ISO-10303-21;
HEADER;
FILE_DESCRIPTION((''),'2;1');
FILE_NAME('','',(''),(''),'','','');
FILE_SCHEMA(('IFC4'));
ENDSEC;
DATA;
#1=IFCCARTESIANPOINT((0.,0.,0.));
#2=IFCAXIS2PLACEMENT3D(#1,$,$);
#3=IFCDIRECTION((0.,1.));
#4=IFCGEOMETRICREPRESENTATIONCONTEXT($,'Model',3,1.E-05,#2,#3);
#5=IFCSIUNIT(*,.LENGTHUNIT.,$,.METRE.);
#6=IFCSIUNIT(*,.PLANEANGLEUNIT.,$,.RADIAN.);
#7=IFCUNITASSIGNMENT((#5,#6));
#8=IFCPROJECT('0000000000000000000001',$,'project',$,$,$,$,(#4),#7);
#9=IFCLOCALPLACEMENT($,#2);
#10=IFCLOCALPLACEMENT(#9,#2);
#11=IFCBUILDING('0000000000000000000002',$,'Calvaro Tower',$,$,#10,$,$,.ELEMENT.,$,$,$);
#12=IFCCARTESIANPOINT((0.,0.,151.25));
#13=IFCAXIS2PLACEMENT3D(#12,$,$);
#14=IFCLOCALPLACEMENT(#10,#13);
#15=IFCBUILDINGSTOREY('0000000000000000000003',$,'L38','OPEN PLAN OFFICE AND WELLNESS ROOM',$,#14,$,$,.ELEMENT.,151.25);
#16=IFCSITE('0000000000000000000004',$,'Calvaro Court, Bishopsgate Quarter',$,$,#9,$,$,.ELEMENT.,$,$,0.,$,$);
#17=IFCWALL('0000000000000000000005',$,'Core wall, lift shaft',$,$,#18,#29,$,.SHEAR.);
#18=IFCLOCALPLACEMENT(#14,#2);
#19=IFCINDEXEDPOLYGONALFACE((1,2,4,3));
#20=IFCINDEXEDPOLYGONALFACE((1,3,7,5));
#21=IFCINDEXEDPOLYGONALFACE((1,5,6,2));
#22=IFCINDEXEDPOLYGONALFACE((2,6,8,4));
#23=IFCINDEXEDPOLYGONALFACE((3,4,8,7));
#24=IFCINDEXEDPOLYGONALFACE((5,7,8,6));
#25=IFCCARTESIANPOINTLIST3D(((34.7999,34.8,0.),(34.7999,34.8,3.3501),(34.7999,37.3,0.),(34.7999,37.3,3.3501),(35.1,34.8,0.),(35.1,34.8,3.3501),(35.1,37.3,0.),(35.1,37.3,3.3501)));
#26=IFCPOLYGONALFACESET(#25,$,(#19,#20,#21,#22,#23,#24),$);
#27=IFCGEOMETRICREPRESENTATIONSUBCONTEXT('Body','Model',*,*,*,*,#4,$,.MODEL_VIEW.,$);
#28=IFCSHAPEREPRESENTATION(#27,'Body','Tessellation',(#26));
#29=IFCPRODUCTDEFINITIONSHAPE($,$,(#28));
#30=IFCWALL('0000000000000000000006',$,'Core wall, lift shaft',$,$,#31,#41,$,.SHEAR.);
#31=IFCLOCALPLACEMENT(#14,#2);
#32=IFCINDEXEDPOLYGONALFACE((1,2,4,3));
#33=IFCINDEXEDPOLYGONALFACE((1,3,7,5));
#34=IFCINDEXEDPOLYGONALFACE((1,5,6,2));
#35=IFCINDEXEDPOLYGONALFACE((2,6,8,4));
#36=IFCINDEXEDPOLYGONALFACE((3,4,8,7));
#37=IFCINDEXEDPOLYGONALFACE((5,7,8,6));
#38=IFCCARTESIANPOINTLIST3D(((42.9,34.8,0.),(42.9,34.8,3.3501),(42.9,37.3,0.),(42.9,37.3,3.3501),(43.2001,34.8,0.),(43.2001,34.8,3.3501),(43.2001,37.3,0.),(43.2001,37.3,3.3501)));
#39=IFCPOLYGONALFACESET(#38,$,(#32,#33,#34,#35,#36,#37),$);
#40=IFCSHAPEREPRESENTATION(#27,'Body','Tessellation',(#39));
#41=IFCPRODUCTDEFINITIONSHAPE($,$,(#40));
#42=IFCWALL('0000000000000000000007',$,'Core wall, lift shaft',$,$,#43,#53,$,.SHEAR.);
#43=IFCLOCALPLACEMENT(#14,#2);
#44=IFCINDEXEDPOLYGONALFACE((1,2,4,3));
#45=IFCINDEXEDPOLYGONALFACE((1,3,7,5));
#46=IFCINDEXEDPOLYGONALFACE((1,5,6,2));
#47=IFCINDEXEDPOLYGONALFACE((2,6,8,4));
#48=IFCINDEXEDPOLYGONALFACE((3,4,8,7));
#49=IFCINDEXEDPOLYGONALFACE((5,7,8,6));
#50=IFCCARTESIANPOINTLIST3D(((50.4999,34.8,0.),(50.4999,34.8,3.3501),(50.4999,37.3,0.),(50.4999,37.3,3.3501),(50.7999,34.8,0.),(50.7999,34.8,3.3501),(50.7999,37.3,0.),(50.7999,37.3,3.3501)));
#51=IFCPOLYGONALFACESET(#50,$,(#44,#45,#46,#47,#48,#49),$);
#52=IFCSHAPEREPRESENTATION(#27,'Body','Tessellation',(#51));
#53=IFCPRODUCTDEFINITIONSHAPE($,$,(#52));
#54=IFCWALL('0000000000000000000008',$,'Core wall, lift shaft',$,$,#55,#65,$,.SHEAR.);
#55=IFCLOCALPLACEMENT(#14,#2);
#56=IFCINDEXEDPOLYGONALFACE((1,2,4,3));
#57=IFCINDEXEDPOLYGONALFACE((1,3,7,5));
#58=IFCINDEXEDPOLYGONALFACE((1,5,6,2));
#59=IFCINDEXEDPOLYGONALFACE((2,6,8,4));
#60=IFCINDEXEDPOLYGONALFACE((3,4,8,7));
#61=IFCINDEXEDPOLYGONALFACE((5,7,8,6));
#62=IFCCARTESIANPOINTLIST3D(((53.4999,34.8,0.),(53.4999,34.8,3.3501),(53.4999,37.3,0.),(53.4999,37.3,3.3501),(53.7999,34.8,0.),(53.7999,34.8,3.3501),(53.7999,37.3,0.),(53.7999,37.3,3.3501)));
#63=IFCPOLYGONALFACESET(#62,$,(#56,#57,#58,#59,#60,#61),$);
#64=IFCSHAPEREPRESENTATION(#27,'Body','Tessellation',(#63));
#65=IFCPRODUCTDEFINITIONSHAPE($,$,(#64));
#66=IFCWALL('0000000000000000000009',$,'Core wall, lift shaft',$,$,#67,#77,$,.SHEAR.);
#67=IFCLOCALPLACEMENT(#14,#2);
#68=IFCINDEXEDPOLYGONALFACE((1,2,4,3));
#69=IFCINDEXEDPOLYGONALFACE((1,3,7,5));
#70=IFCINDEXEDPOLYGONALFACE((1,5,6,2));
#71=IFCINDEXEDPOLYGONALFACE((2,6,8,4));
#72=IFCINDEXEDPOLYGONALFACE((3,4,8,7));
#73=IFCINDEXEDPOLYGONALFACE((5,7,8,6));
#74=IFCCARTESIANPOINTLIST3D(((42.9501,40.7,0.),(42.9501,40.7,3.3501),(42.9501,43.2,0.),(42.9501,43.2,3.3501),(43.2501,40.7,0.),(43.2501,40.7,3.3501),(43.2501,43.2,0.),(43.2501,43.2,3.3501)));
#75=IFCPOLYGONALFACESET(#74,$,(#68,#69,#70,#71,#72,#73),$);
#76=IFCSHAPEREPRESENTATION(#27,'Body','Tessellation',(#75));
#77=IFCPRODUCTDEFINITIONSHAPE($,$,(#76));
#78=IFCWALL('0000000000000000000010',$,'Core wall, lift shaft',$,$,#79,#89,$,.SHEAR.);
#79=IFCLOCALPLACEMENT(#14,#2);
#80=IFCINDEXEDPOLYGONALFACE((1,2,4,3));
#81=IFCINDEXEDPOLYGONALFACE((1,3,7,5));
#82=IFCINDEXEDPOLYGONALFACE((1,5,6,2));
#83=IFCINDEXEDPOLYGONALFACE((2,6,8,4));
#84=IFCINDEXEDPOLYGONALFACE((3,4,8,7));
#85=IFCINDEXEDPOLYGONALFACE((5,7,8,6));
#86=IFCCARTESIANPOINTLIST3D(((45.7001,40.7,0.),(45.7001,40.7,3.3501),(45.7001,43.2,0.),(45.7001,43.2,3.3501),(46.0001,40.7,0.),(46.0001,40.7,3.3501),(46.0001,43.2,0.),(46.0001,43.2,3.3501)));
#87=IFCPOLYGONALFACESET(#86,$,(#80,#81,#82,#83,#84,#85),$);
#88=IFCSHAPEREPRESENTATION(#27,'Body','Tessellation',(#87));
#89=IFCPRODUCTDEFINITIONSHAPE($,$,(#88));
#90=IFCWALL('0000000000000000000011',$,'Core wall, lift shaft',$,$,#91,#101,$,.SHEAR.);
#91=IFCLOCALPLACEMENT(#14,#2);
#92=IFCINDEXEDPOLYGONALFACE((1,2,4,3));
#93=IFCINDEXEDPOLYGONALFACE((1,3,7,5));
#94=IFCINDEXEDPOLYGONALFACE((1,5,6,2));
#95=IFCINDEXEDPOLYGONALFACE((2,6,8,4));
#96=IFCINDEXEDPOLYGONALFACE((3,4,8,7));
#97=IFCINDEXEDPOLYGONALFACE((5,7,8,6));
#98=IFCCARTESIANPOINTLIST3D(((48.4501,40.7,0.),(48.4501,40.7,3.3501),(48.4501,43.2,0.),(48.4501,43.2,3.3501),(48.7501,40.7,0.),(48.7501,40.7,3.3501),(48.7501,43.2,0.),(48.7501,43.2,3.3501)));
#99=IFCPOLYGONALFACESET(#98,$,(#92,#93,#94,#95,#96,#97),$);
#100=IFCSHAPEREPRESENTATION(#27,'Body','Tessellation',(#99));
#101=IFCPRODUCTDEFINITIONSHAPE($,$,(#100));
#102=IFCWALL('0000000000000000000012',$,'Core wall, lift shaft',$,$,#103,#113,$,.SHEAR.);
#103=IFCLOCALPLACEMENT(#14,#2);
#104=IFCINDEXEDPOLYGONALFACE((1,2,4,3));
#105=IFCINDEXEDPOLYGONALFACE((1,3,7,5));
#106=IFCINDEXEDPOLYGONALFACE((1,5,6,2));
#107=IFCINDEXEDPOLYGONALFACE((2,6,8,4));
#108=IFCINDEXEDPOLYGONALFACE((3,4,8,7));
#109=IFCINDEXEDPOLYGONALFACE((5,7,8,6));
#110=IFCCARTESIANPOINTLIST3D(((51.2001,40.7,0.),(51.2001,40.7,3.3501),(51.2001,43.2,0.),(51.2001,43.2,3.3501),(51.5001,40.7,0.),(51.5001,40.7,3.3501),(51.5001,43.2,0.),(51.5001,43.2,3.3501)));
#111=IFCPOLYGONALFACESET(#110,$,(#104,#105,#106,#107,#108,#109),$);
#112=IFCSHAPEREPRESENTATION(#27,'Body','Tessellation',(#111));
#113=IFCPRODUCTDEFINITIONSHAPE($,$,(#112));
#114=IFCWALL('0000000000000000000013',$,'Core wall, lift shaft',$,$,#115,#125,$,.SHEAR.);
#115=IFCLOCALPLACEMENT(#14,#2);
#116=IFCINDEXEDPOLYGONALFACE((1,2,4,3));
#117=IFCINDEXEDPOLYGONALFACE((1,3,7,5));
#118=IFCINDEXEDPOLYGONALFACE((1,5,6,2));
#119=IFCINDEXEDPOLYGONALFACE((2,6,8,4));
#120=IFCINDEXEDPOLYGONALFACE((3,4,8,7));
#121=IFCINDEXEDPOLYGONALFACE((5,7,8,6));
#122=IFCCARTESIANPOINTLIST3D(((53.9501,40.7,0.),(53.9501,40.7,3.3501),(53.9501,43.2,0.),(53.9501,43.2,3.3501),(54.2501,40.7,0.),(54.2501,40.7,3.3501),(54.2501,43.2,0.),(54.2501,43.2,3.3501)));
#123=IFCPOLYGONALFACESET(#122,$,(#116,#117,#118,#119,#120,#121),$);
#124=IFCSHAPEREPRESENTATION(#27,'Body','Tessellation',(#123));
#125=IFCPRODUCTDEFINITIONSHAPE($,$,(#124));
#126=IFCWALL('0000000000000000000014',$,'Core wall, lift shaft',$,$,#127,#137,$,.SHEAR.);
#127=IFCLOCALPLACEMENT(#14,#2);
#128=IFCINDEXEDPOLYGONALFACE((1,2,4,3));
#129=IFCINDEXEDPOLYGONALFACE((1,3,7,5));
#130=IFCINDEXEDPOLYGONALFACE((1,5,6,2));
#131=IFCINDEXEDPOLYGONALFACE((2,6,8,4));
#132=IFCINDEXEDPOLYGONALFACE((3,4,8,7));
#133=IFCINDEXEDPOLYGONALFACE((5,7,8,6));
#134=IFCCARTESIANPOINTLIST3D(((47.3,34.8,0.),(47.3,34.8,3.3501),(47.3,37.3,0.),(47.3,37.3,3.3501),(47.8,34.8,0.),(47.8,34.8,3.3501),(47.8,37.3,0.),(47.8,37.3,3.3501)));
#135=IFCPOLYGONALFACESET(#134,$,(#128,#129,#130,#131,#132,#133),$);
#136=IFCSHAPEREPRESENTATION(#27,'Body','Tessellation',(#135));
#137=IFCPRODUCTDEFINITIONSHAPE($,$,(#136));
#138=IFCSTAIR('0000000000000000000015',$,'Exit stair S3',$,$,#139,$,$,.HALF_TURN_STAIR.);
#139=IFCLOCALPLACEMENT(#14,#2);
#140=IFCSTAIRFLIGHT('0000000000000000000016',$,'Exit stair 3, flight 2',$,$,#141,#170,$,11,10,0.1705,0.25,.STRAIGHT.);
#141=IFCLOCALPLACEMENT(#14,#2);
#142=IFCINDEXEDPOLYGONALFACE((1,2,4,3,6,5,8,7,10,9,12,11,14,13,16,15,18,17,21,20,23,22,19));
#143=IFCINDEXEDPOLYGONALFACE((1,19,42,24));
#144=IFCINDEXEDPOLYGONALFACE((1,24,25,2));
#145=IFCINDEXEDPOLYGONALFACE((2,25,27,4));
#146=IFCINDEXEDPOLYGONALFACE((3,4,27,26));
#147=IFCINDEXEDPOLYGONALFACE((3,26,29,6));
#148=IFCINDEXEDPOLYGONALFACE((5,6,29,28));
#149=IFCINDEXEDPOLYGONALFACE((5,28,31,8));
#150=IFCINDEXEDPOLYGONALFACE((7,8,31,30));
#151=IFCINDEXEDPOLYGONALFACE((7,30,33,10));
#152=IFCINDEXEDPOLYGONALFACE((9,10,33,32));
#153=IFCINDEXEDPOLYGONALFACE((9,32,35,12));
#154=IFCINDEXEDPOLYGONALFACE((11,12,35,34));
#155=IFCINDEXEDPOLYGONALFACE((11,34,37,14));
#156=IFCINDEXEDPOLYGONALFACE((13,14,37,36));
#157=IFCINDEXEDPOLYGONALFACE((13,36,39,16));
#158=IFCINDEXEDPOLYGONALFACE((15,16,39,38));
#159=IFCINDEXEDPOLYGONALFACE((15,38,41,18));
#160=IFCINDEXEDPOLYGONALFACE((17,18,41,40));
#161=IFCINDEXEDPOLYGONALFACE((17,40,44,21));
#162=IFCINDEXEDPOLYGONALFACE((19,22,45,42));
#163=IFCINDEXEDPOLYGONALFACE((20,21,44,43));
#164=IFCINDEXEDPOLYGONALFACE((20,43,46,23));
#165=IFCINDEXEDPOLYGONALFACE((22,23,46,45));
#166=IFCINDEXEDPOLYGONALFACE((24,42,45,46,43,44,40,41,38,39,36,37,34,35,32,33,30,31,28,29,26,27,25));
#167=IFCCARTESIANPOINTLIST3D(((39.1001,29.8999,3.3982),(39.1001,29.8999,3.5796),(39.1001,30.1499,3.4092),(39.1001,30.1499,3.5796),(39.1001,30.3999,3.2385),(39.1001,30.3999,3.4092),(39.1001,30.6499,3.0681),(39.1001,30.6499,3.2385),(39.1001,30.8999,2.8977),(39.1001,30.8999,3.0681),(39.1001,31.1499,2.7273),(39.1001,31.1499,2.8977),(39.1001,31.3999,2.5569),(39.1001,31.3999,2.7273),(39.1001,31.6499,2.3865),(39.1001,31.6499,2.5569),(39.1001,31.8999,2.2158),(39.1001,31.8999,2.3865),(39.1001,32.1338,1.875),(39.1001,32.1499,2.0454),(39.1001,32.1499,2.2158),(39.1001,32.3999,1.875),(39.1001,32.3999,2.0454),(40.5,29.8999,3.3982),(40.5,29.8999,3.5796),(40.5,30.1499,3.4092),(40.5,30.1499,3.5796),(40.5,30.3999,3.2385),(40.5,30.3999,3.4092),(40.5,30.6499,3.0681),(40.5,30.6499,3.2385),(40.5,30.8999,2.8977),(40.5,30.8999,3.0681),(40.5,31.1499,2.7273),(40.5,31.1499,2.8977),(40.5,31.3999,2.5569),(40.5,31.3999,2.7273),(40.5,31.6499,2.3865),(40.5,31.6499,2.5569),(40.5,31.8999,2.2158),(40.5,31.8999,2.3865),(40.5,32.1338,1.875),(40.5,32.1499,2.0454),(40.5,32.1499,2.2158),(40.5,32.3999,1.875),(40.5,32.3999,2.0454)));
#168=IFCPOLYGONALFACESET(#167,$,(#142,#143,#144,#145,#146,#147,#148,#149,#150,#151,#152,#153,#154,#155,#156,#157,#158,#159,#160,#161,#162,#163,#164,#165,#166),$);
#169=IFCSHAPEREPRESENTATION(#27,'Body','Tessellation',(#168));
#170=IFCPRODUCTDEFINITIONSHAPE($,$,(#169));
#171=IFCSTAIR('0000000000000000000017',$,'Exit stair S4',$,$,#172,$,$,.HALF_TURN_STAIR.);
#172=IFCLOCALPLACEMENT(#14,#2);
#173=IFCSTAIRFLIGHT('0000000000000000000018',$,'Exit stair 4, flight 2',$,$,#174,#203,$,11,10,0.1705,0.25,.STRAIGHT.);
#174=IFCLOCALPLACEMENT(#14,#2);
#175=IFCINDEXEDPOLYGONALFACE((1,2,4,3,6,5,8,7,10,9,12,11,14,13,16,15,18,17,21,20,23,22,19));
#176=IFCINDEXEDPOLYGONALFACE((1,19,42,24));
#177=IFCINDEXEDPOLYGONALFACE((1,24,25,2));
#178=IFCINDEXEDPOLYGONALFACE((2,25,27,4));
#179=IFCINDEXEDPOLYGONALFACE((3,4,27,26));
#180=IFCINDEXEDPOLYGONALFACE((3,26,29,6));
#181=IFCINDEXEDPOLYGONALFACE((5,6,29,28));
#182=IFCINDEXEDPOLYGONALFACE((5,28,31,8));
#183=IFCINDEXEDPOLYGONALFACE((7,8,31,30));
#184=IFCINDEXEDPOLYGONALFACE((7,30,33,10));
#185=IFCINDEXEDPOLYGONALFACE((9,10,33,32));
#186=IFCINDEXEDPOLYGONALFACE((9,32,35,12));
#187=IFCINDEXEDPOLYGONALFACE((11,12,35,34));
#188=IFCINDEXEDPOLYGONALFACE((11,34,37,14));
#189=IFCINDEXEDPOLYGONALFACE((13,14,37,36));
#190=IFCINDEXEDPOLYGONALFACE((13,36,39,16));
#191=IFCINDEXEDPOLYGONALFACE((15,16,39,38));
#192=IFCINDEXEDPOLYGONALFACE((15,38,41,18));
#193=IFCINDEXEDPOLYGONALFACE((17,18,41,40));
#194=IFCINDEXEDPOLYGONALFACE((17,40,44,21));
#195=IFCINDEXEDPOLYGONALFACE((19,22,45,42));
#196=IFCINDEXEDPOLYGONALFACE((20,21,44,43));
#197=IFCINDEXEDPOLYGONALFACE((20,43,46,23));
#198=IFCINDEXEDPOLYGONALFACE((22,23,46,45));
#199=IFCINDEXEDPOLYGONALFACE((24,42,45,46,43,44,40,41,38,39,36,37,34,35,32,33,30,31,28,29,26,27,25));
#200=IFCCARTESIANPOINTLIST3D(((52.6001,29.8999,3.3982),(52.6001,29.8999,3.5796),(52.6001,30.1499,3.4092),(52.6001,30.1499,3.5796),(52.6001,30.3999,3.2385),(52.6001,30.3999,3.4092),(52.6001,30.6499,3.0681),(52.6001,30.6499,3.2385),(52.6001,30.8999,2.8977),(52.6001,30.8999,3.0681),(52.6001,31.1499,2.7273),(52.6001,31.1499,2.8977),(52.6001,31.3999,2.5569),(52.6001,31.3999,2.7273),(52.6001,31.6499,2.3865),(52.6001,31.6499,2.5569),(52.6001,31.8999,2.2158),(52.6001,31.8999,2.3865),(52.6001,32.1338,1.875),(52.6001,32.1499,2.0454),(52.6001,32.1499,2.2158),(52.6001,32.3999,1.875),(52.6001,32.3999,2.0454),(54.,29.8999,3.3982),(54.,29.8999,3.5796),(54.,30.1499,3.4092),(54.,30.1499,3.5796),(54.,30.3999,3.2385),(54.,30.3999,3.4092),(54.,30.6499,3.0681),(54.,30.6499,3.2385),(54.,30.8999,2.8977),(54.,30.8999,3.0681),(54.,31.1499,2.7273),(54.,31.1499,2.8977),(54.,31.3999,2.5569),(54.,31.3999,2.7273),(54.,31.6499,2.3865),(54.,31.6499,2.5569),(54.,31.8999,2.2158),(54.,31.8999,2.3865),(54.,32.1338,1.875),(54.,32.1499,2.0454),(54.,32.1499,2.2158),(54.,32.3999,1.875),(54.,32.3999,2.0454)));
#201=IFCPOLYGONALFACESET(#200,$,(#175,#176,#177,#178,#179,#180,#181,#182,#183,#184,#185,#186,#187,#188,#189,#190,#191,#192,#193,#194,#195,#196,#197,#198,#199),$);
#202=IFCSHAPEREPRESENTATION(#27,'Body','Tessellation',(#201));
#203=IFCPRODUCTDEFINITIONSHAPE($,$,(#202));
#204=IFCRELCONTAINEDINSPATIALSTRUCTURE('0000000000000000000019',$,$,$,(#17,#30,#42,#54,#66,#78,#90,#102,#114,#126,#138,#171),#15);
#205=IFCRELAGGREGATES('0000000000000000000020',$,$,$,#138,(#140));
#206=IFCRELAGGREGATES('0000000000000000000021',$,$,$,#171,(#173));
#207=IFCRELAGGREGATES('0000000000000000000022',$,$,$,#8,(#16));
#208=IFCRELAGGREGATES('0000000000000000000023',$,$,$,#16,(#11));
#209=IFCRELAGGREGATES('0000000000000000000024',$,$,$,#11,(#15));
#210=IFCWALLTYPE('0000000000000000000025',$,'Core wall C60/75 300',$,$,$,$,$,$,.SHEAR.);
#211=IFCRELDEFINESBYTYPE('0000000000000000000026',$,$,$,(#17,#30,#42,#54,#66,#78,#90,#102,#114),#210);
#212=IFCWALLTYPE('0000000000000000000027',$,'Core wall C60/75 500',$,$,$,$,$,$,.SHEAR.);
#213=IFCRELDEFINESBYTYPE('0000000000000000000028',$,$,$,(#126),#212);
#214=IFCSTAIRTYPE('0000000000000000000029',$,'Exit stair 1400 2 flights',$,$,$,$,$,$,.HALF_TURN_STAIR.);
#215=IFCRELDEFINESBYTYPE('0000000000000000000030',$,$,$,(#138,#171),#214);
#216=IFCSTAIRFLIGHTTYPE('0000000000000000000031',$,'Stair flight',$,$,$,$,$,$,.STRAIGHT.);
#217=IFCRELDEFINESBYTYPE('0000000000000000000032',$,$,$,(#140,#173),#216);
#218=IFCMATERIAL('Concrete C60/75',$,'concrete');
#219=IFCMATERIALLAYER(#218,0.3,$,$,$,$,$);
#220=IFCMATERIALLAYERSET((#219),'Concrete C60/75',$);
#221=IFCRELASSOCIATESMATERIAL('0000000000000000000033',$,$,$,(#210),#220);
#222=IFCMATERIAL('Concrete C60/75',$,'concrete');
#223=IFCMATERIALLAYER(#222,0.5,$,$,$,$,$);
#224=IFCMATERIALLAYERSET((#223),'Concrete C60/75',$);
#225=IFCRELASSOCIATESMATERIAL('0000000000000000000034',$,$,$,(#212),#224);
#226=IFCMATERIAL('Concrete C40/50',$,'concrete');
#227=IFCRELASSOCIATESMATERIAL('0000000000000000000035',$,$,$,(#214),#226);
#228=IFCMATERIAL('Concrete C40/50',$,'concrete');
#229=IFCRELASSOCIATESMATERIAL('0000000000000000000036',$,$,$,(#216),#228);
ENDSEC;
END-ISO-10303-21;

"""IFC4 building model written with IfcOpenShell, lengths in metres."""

from ifc_helpers import new_model, si_unit, direction, frame, frame_2d, origin, place, context, subcontext, project, spatial, polyline, rectangle, outline, extrude, material, layer, layer_set, type_object, element, aggregate, save


model = new_model("IFC4")

# Units and contexts
model_context = context("Model", 3, precision=1e-05, world=origin(), true_north=direction((0.0, 1.0)))
body_context = subcontext(model_context, "Body", "Model", "MODEL_VIEW")
ifc_project = project(units=[si_unit("LENGTHUNIT", "METRE"), si_unit("PLANEANGLEUNIT", "RADIAN")], contexts=[model_context])

# Site, building, storey
site_placement = place(None, origin())
site = spatial("IfcSite", under=ifc_project, at=site_placement, Name="Calvaro Court, Bishopsgate Quarter", CompositionType="ELEMENT", RefElevation=0.0)
building_placement = place(site_placement, origin())
building = spatial("IfcBuilding", under=site, at=building_placement, Name="Calvaro Tower", CompositionType="ELEMENT")
storey_placement = place(building_placement, frame((0.0, 0.0, 151.25)))
storey = spatial("IfcBuildingStorey", under=building, at=storey_placement, Name="L38", Description="OPEN PLAN OFFICE AND WELLNESS ROOM", CompositionType="ELEMENT", Elevation=151.25)

# Shared definitions
ifc_material_1 = material(Name="Concrete C60/75", Category="concrete")
ifc_layer_1 = layer(ifc_material_1, 0.3)
ifc_layer_set_1 = layer_set([ifc_layer_1], Name="Concrete C60/75")
wall_type_1 = type_object("IfcWallType", Name="Core wall C60/75 300", PredefinedType="SHEAR", material=ifc_layer_set_1)

# Walls
for number, where, z_axis, x_axis, name in (
    (1, (34.95, 34.8, 0.0), (0.0, 0.0, 1.0), (0.0, 1.0, 0.0), "Core wall, lift shaft"),
    (2, (43.05, 34.8, 0.0), (0.0, 0.0, 1.0), (0.0, 1.0, 0.0), "Core wall, lift shaft"),
    (3, (50.6499, 34.8, 0.0), (0.0, 0.0, 1.0), (0.0, 1.0, 0.0), "Core wall, lift shaft"),
    (4, (53.6499, 34.8, 0.0), (0.0, 0.0, 1.0), (0.0, 1.0, 0.0), "Core wall, lift shaft"),
    (5, (43.1001, 40.7, 0.0), (0.0, 0.0, 1.0), (0.0, 1.0, 0.0), "Core wall, lift shaft"),
    (6, (45.8501, 40.7, 0.0), (0.0, 0.0, 1.0), (0.0, 1.0, 0.0), "Core wall, lift shaft"),
    (7, (48.6001, 40.7, 0.0), (0.0, 0.0, 1.0), (0.0, 1.0, 0.0), "Core wall, lift shaft"),
    (8, (51.3501, 40.7, 0.0), (0.0, 0.0, 1.0), (0.0, 1.0, 0.0), "Core wall, lift shaft"),
    (9, (54.1001, 40.7, 0.0), (0.0, 0.0, 1.0), (0.0, 1.0, 0.0), "Core wall, lift shaft"),
):
    element("IfcWall", number, at=place(storey_placement, frame(where, z_axis=z_axis, x_axis=x_axis)), inside=storey, type_object=wall_type_1, Name=name, PredefinedType="SHEAR", context=body_context, shape_type="SweptSolid", body=[
        extrude(rectangle(XDim=2.5, YDim=0.3, at=frame_2d((1.25, 0.0))), origin(), (0.0, 0.0, 1.0), 3.3501),
    ])
ifc_material_2 = material(Name="Concrete C60/75", Category="concrete")
ifc_layer_2 = layer(ifc_material_2, 0.5)
ifc_layer_set_2 = layer_set([ifc_layer_2], Name="Concrete C60/75")
wall_type_2 = type_object("IfcWallType", Name="Core wall C60/75 500", PredefinedType="SHEAR", material=ifc_layer_set_2)
wall_1_placement = place(storey_placement, frame((47.55, 34.8, 0.0), z_axis=(0.0, 0.0, 1.0), x_axis=(0.0, 1.0, 0.0)))
element("IfcWall", 10, at=wall_1_placement, inside=storey, type_object=wall_type_2, Name="Core wall, lift shaft", PredefinedType="SHEAR", context=body_context, shape_type="SweptSolid", body=[
    extrude(rectangle(XDim=2.5, YDim=0.5, at=frame_2d((1.25, 0.0))), origin(), (0.0, 0.0, 1.0), 3.3501),
])

# Stairs, stair flights
ifc_material_3 = material(Name="Concrete C40/50", Category="concrete")
stair_type = type_object("IfcStairType", Name="Exit stair 1400 2 flights", PredefinedType="HALF_TURN_STAIR", material=ifc_material_3)
stair_1_placement = place(storey_placement, origin())
stair_1 = element("IfcStair", 11, at=stair_1_placement, inside=storey, type_object=stair_type, Name="Exit stair S3", PredefinedType="HALF_TURN_STAIR")
ifc_material_4 = material(Name="Concrete C40/50", Category="concrete")
stair_flight_type = type_object("IfcStairFlightType", Name="Stair flight", PredefinedType="STRAIGHT", material=ifc_material_4)
stair_flight_1_placement = place(storey_placement, frame((39.8, 32.3999, 1.875), z_axis=(0.0, 0.0, 1.0), x_axis=(0.0, -1.0, 0.0)))
stair_flight_1 = element("IfcStairFlight", 12, at=stair_flight_1_placement, type_object=stair_flight_type, Name="Exit stair 3, flight 2", NumberOfRisers=11, NumberOfTreads=10, PredefinedType="STRAIGHT", RiserHeight=0.1705, TreadLength=0.25, context=body_context, shape_type="SweptSolid", body=[
    extrude(outline(polyline([(0.0, 0.0), (0.0, 0.1704), (0.25, 0.1704), (0.25, 0.3408), (0.5, 0.3408), (0.5, 0.5115), (0.75, 0.5115), (0.75, 0.6819), (1.0, 0.6819), (1.0, 0.8523), (1.25, 0.8523), (1.25, 1.0227), (1.5, 1.0227), (1.5, 1.1931), (1.75, 1.1931), (1.75, 1.3635), (2.0, 1.3635), (2.0, 1.5342), (2.25, 1.5342), (2.25, 1.7046), (2.5, 1.7046), (2.5, 1.875), (2.5, 1.5232), (0.2661, 0.0), (0.0, 0.0)])), frame((0.0, 0.7, 0.0), z_axis=(0.0, -1.0, 0.0), x_axis=(1.0, 0.0, 0.0)), (0.0, 0.0, 1.0), 1.3999),
])
stair_2_placement = place(storey_placement, origin())
stair_2 = element("IfcStair", 13, at=stair_2_placement, inside=storey, type_object=stair_type, Name="Exit stair S4", PredefinedType="HALF_TURN_STAIR")
stair_flight_2_placement = place(storey_placement, frame((53.3, 32.3999, 1.875), z_axis=(0.0, 0.0, 1.0), x_axis=(0.0, -1.0, 0.0)))
stair_flight_2 = element("IfcStairFlight", 14, at=stair_flight_2_placement, type_object=stair_flight_type, Name="Exit stair 4, flight 2", NumberOfRisers=11, NumberOfTreads=10, PredefinedType="STRAIGHT", RiserHeight=0.1705, TreadLength=0.25, context=body_context, shape_type="SweptSolid", body=[
    extrude(outline(polyline([(0.0, 0.0), (0.0, 0.1704), (0.25, 0.1704), (0.25, 0.3408), (0.5, 0.3408), (0.5, 0.5115), (0.75, 0.5115), (0.75, 0.6819), (1.0, 0.6819), (1.0, 0.8523), (1.25, 0.8523), (1.25, 1.0227), (1.5, 1.0227), (1.5, 1.1931), (1.75, 1.1931), (1.75, 1.3635), (2.0, 1.3635), (2.0, 1.5342), (2.25, 1.5342), (2.25, 1.7046), (2.5, 1.7046), (2.5, 1.875), (2.5, 1.5232), (0.2661, 0.0), (0.0, 0.0)])), frame((0.0, 0.7, 0.0), z_axis=(0.0, -1.0, 0.0), x_axis=(1.0, 0.0, 0.0)), (0.0, 0.0, 1.0), 1.3999),
])

aggregate(stair_1, [stair_flight_1])
aggregate(stair_2, [stair_flight_2])

save(model, "model.ifc")
